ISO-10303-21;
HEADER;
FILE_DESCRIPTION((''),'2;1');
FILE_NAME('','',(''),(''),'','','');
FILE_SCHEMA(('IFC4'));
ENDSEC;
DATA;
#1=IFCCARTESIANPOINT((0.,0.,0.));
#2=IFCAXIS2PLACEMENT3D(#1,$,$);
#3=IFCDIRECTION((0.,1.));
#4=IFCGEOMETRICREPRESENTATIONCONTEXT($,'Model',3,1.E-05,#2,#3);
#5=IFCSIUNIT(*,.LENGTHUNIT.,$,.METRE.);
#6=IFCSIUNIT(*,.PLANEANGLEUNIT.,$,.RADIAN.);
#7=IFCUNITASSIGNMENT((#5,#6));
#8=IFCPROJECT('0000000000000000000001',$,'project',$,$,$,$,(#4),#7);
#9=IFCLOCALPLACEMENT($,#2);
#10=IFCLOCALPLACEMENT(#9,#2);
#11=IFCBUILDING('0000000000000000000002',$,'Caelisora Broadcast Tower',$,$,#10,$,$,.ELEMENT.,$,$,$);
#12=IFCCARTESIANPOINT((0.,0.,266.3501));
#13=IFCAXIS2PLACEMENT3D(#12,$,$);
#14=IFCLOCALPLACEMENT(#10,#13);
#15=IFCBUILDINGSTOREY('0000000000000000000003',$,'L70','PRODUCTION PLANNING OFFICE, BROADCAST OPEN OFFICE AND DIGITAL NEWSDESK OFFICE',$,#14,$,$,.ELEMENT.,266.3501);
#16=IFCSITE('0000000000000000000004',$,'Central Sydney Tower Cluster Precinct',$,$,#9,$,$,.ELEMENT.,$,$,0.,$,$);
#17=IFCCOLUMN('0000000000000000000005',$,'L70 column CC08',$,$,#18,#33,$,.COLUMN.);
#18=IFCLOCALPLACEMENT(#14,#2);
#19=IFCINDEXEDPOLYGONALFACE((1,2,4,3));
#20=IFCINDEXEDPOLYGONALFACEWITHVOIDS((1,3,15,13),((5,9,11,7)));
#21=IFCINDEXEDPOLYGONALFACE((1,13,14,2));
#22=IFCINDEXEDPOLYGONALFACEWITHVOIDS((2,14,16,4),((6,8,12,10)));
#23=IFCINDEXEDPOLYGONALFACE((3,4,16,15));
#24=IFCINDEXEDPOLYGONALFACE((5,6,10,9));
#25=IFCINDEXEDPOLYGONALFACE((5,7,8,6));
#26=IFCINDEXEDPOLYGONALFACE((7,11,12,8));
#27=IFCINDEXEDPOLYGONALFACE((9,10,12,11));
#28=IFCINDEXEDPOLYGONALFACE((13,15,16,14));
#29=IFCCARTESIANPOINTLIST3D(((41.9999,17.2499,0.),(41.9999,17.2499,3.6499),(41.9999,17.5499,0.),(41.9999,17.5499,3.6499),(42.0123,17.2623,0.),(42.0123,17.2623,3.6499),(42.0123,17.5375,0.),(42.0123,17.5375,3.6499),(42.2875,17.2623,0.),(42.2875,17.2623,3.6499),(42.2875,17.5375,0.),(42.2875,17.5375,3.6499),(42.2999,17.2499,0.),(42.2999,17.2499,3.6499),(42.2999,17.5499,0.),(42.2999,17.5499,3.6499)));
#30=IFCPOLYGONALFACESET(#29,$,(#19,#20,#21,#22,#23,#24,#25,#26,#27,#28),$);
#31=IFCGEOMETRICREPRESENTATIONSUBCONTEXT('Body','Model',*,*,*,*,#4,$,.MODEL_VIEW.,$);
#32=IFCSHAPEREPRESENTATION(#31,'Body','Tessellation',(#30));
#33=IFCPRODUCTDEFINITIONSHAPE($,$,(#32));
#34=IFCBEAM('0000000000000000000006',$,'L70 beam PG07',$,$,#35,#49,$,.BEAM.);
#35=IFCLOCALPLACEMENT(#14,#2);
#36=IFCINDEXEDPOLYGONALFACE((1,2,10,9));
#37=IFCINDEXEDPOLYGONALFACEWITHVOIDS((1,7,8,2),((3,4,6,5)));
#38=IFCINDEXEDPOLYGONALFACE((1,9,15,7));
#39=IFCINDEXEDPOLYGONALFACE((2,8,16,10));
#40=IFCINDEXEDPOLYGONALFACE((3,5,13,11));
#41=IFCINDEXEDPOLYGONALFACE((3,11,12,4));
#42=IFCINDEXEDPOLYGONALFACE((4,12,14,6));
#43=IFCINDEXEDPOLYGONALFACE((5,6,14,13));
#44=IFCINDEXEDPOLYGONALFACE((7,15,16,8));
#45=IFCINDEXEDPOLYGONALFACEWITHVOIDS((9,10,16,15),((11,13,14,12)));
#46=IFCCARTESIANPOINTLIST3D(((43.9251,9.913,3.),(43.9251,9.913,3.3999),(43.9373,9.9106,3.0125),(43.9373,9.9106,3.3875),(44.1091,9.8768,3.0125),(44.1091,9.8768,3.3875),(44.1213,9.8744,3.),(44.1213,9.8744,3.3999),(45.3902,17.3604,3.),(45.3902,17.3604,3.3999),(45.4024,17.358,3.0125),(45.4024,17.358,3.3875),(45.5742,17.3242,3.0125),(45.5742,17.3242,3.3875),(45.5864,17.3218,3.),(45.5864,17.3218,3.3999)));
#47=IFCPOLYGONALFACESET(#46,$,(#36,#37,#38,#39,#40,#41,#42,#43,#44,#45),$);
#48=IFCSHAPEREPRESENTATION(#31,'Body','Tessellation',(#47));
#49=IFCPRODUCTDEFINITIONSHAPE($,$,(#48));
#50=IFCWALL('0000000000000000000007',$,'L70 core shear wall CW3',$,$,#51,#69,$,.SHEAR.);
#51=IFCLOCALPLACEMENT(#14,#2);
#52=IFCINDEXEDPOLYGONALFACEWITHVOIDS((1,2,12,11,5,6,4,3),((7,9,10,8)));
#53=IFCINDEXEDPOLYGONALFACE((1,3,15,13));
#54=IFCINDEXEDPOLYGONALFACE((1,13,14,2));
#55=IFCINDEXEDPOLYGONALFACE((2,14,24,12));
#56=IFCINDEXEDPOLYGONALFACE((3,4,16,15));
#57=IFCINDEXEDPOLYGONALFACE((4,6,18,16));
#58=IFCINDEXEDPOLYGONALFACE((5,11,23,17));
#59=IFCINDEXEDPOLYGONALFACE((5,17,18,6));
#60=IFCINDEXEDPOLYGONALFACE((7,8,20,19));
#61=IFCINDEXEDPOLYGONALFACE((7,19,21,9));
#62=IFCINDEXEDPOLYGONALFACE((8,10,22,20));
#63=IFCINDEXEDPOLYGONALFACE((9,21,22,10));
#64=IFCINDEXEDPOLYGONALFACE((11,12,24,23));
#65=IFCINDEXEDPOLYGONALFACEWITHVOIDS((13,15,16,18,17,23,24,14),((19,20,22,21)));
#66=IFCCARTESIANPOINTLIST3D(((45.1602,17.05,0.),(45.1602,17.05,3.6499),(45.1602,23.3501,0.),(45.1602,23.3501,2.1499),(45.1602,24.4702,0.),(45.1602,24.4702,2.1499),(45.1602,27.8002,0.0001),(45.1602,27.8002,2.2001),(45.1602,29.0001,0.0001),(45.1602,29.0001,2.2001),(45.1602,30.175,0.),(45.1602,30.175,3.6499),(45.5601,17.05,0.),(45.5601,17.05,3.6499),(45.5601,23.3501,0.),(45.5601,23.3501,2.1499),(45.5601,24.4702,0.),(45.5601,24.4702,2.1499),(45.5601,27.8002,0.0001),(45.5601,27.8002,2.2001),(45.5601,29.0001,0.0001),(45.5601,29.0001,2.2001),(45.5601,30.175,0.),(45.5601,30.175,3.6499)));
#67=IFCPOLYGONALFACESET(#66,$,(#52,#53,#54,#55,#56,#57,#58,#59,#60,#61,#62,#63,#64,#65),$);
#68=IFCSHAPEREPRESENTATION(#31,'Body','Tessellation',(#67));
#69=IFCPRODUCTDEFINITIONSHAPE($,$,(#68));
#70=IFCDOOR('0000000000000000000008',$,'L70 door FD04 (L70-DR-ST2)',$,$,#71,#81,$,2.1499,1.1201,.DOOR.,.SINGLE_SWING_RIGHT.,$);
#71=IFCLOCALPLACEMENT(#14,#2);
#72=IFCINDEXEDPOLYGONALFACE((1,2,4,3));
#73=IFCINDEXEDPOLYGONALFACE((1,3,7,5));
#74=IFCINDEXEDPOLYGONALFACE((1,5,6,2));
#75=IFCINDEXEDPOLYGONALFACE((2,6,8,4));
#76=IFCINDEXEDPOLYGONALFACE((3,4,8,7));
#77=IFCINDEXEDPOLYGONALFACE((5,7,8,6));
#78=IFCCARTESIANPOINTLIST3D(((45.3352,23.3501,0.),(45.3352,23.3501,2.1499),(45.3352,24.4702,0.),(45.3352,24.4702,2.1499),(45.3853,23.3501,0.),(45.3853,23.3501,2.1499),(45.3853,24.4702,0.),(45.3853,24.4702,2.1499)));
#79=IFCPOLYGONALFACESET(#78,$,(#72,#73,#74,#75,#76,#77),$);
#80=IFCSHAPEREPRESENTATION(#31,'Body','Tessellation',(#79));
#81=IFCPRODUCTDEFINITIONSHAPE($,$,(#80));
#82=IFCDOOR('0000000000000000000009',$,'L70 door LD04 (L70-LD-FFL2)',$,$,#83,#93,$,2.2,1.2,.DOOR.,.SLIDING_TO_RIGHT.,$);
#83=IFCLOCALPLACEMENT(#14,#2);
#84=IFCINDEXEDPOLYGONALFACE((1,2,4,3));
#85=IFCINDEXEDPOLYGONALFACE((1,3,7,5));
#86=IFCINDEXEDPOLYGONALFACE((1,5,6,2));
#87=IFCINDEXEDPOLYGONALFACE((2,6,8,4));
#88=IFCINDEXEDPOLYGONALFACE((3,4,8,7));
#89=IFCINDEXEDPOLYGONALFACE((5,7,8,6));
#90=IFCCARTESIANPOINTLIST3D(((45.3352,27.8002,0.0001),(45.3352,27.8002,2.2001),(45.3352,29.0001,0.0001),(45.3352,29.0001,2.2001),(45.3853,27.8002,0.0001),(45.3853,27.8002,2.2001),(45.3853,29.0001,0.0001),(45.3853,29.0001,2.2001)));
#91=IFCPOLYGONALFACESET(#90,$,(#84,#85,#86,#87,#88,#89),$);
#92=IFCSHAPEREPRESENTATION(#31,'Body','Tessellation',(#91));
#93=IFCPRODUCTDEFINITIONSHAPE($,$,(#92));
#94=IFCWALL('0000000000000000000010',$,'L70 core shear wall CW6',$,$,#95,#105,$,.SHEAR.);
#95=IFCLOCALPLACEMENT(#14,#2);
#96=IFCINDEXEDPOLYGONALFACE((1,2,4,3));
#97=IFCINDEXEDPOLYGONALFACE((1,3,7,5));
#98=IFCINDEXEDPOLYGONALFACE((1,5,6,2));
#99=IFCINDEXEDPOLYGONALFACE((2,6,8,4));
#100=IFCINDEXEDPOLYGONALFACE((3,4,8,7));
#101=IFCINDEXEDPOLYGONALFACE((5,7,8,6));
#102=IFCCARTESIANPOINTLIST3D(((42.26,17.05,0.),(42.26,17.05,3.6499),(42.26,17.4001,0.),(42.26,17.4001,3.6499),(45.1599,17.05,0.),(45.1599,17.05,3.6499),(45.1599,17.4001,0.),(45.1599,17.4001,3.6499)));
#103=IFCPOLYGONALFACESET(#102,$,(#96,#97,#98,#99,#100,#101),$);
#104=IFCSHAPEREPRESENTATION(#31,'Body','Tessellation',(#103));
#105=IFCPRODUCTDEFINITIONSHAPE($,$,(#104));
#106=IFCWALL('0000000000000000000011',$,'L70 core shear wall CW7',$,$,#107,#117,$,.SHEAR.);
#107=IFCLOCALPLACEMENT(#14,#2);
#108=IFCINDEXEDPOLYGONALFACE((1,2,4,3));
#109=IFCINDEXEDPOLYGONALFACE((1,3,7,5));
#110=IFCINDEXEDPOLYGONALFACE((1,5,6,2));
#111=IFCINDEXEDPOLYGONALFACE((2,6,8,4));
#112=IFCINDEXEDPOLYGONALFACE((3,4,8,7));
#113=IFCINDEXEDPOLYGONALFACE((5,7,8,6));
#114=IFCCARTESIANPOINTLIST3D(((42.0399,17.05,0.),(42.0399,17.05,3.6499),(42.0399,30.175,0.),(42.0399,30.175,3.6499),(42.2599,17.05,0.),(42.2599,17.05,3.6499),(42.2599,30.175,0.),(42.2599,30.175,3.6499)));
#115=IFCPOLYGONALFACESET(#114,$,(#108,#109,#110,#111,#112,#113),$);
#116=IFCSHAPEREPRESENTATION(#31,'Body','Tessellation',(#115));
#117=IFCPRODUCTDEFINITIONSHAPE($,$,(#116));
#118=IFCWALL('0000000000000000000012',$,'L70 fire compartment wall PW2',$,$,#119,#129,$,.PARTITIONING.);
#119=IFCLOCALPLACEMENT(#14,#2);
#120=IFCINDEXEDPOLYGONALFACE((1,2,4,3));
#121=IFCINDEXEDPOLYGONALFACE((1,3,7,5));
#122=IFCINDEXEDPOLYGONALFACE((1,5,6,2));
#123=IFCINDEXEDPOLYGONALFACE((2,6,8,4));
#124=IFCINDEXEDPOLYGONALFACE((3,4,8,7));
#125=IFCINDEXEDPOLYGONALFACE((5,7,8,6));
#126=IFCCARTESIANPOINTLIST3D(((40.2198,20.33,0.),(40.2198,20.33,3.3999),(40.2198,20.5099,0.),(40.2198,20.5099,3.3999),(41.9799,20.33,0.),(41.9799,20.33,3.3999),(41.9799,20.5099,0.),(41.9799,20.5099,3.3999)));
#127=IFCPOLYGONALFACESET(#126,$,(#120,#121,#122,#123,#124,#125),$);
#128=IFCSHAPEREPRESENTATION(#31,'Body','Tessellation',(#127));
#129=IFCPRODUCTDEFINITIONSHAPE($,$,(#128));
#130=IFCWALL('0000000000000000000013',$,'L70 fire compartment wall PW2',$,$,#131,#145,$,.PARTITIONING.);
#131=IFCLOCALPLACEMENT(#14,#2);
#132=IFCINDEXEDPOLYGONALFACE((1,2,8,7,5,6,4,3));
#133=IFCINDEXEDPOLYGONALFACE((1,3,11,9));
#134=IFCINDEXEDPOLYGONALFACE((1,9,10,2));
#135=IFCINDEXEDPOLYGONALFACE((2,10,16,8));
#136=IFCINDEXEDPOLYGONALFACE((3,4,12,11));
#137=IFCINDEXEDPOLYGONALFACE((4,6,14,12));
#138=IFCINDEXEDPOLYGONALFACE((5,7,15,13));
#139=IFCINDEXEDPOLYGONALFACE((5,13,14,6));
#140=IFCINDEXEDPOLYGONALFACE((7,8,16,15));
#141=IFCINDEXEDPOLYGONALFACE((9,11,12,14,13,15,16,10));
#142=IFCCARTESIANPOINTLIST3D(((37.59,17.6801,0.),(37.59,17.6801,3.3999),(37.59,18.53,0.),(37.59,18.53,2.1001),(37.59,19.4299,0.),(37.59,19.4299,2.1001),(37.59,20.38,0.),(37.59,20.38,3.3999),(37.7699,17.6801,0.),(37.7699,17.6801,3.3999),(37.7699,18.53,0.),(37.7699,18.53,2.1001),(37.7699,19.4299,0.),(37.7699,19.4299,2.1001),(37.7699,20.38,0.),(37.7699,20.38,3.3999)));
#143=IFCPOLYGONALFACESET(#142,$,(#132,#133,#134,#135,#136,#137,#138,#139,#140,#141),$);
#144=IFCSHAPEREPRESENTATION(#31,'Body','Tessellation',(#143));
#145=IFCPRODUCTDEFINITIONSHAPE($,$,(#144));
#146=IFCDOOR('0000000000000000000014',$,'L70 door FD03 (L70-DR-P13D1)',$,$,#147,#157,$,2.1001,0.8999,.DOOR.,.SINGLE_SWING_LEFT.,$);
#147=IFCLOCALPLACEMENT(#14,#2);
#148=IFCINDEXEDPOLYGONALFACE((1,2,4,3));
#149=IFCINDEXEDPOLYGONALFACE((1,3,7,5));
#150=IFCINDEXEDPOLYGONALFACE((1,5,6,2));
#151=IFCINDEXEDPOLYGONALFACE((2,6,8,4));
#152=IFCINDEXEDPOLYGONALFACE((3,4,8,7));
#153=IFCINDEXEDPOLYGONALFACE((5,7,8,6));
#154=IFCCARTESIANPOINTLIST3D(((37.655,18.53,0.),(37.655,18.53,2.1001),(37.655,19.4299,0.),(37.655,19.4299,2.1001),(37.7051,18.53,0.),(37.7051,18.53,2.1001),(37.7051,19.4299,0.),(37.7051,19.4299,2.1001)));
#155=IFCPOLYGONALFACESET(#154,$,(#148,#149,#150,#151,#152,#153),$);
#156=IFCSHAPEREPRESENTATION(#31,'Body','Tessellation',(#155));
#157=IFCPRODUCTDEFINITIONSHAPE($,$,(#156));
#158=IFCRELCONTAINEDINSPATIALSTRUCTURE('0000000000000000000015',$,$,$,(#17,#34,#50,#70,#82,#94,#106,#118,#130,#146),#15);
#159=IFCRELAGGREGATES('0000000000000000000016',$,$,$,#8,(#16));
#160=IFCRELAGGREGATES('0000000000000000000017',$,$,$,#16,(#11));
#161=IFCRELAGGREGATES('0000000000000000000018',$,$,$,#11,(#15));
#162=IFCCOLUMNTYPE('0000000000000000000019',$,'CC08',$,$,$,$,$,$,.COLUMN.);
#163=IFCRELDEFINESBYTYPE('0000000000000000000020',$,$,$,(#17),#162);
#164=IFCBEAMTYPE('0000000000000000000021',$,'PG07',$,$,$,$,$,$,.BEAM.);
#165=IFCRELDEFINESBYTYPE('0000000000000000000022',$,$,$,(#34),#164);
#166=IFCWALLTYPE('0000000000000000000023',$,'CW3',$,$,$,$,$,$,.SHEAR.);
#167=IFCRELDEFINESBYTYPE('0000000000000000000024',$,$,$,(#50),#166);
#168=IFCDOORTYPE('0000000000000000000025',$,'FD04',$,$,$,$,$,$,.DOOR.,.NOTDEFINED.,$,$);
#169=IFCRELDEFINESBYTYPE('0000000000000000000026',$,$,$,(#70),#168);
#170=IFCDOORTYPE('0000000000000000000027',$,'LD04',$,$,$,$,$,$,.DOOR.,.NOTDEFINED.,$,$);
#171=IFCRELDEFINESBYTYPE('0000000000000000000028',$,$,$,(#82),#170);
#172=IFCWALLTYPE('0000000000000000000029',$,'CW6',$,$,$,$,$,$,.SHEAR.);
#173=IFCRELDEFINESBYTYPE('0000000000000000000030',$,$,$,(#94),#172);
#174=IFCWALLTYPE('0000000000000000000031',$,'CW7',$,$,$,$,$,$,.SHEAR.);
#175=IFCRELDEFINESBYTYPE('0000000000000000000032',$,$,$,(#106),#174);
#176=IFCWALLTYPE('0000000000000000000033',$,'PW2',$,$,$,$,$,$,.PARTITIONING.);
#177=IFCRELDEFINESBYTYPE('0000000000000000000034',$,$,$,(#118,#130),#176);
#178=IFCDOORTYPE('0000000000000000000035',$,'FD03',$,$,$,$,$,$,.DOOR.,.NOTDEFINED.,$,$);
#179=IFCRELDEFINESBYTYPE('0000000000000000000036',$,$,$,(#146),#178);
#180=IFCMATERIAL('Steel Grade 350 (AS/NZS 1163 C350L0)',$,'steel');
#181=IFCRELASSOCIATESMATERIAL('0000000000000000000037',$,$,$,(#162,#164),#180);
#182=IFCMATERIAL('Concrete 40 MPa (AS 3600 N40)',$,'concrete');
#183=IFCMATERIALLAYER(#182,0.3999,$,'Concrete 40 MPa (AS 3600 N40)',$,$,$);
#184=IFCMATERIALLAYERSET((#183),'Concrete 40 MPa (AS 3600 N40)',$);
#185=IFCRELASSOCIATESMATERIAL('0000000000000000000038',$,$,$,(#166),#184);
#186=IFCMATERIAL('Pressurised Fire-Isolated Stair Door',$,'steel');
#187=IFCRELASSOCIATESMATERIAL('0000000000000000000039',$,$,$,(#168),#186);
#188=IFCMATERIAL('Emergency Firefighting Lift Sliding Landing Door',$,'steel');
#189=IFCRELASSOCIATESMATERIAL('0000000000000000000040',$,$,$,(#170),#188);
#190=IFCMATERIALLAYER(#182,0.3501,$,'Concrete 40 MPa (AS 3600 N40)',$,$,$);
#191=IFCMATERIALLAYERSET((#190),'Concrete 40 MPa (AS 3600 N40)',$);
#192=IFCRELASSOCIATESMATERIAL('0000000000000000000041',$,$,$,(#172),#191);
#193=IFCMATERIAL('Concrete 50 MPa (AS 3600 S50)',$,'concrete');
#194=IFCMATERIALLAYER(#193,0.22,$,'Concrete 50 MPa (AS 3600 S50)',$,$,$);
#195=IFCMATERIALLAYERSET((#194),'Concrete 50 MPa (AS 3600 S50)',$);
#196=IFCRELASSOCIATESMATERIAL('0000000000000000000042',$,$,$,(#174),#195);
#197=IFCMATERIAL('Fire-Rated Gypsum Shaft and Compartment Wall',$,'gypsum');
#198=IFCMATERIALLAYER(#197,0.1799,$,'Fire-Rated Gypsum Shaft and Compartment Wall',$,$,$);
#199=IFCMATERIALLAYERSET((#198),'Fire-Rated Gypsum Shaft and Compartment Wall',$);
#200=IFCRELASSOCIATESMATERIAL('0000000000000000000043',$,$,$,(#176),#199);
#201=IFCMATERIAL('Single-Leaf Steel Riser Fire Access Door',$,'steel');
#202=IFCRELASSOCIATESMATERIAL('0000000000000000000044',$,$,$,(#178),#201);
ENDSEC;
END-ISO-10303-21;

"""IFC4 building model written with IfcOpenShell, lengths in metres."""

from ifc_helpers import new_model, si_unit, direction, frame, frame_2d, origin, origin_2d, place, context, subcontext, project, spatial, rectangle, hollow_rectangle, extrude, source, transform, mapped, material, layer, layer_set, material_profile, profile_set, type_object, type_shapes, element, fill, save


model = new_model("IFC4")

# Units and contexts
model_context = context("Model", 3, precision=1e-05, world=origin(), true_north=direction((0.0, 1.0)))
body_context = subcontext(model_context, "Body", "Model", "MODEL_VIEW")
ifc_project = project(units=[si_unit("LENGTHUNIT", "METRE"), si_unit("PLANEANGLEUNIT", "RADIAN")], contexts=[model_context])

# Site, building, storey
site_placement = place(None, origin())
site = spatial("IfcSite", under=ifc_project, at=site_placement, Name="Central Sydney Tower Cluster Precinct", CompositionType="ELEMENT", RefElevation=0.0)
building_placement = place(site_placement, origin())
building = spatial("IfcBuilding", under=site, at=building_placement, Name="Caelisora Broadcast Tower", CompositionType="ELEMENT")
storey_placement = place(building_placement, frame((0.0, 0.0, 266.3501)))
storey = spatial("IfcBuildingStorey", under=building, at=storey_placement, Name="L70", Description="PRODUCTION PLANNING OFFICE, BROADCAST OPEN OFFICE AND DIGITAL NEWSDESK OFFICE", CompositionType="ELEMENT", Elevation=266.3501)

# Column
ifc_material_1 = material(Name="Steel Grade 350 (AS/NZS 1163 C350L0)", Category="steel")
ifc_material_profile_1 = material_profile(ifc_material_1, hollow_rectangle(XDim=0.3, YDim=0.3, WallThickness=0.0125, at=origin_2d()), Name="Steel Grade 350 (AS/NZS 1163 C350L0)")
ifc_profile_set_1 = profile_set([ifc_material_profile_1], Name="Steel Grade 350 (AS/NZS 1163 C350L0)")
column_type = type_object("IfcColumnType", Name="CC08", PredefinedType="COLUMN", material=ifc_profile_set_1)
shared_shape_1 = source(origin(), body_context, "Body", "SweptSolid", [
    extrude(hollow_rectangle(XDim=0.3, YDim=0.3, WallThickness=0.0125, at=origin_2d()), origin(), (0.0, 0.0, 1.0), 3.6499),
])
type_shapes(column_type, [shared_shape_1])
column_placement = place(storey_placement, frame((42.1499, 17.3999, 0.0), z_axis=(0.0, 0.0, 1.0), x_axis=(1.0, 0.0, 0.0)))
element("IfcColumn", 1, at=column_placement, inside=storey, type_object=column_type, Name="L70 column CC08", PredefinedType="COLUMN", context=body_context, shape_type="MappedRepresentation", body=[
    mapped(shared_shape_1, transform((0.0, 0.0, 0.0), scale=1.0)),
])

# Beam
ifc_material_profile_2 = material_profile(ifc_material_1, hollow_rectangle(XDim=0.2, YDim=0.3999, WallThickness=0.0125, at=origin_2d()), Name="Steel Grade 350 (AS/NZS 1163 C350L0)")
ifc_profile_set_2 = profile_set([ifc_material_profile_2], Name="Steel Grade 350 (AS/NZS 1163 C350L0)")
beam_type = type_object("IfcBeamType", Name="PG07", PredefinedType="BEAM", material=ifc_profile_set_2)
shared_shape_2 = source(origin(), body_context, "Body", "SweptSolid", [
    extrude(hollow_rectangle(XDim=0.2, YDim=0.3999, WallThickness=0.0125, at=origin_2d()), origin(), (0.0, 0.0, 1.0), 7.5901),
])
type_shapes(beam_type, [shared_shape_2])
beam_placement = place(storey_placement, frame((45.4883, 17.3411, 3.2), z_axis=(-0.193028, -0.981193, 0.0), x_axis=(0.981193, -0.193028, 0.0)))
element("IfcBeam", 2, at=beam_placement, inside=storey, type_object=beam_type, Name="L70 beam PG07", PredefinedType="BEAM", context=body_context, shape_type="MappedRepresentation", body=[
    mapped(shared_shape_2, transform((0.0, 0.0, 0.0), scale=1.0)),
])

# Wall, openings, doors
ifc_material_2 = material(Name="Concrete 40 MPa (AS 3600 N40)", Category="concrete")
ifc_layer_1 = layer(ifc_material_2, 0.3999, Name="Concrete 40 MPa (AS 3600 N40)")
ifc_layer_set_1 = layer_set([ifc_layer_1], Name="Concrete 40 MPa (AS 3600 N40)")
wall_type_1 = type_object("IfcWallType", Name="CW3", PredefinedType="SHEAR", material=ifc_layer_set_1)
wall_1_placement = place(storey_placement, frame((45.3601, 17.05, 0.0), z_axis=(0.0, 0.0, 1.0), x_axis=(0.0, 1.0, 0.0)))
wall_1 = element("IfcWall", 3, at=wall_1_placement, inside=storey, type_object=wall_type_1, Name="L70 core shear wall CW3", PredefinedType="SHEAR", context=body_context, shape_type="SweptSolid", body=[
    extrude(rectangle(XDim=13.125, YDim=0.3999, at=frame_2d((6.5625, 0.0))), origin(), (0.0, 0.0, 1.0), 3.6499),
])
opening_1_placement = place(wall_1_placement, frame((6.3, 0.0, 0.0)))
opening_1 = element("IfcOpeningElement", 4, at=opening_1_placement, cuts=wall_1, PredefinedType="OPENING", context=body_context, shape_type="SweptSolid", body=[
    extrude(rectangle(XDim=1.1201, YDim=2.1499, at=frame_2d((0.5601, 1.075))), frame((0.0, 0.2119, 0.0), z_axis=(0.0, -1.0, 0.0), x_axis=(1.0, 0.0, 0.0)), (0.0, 0.0, 1.0), 0.4238),
])
opening_2_placement = place(wall_1_placement, frame((10.75, 0.0, 0.0)))
opening_2 = element("IfcOpeningElement", 5, at=opening_2_placement, cuts=wall_1, PredefinedType="OPENING", context=body_context, shape_type="SweptSolid", body=[
    extrude(rectangle(XDim=1.2, YDim=2.2, at=frame_2d((0.6001, 1.1001))), frame((0.0, 0.2119, 0.0), z_axis=(0.0, -1.0, 0.0), x_axis=(1.0, 0.0, 0.0)), (0.0, 0.0, 1.0), 0.4238),
])
ifc_material_3 = material(Name="Pressurised Fire-Isolated Stair Door", Category="steel")
door_type_1 = type_object("IfcDoorType", Name="FD04", OperationType="NOTDEFINED", PredefinedType="DOOR", material=ifc_material_3)
door_1_placement = place(opening_1_placement, origin())
door_1 = element("IfcDoor", 6, at=door_1_placement, inside=storey, type_object=door_type_1, Name="L70 door FD04 (L70-DR-ST2)", OperationType="SINGLE_SWING_RIGHT", OverallHeight=2.1499, OverallWidth=1.1201, PredefinedType="DOOR", context=body_context, shape_type="SweptSolid", body=[
    extrude(rectangle(XDim=1.1201, YDim=2.1499, at=frame_2d((0.5601, 1.075))), frame((0.0, 0.0249, 0.0), z_axis=(0.0, -1.0, 0.0), x_axis=(1.0, 0.0, 0.0)), (0.0, 0.0, 1.0), 0.05),
])
fill(opening_1, door_1)
ifc_material_4 = material(Name="Emergency Firefighting Lift Sliding Landing Door", Category="steel")
door_type_2 = type_object("IfcDoorType", Name="LD04", OperationType="NOTDEFINED", PredefinedType="DOOR", material=ifc_material_4)
door_2_placement = place(opening_2_placement, origin())
door_2 = element("IfcDoor", 7, at=door_2_placement, inside=storey, type_object=door_type_2, Name="L70 door LD04 (L70-LD-FFL2)", OperationType="SLIDING_TO_RIGHT", OverallHeight=2.2, OverallWidth=1.2, PredefinedType="DOOR", context=body_context, shape_type="SweptSolid", body=[
    extrude(rectangle(XDim=1.2, YDim=2.2, at=frame_2d((0.6001, 1.1001))), frame((0.0, 0.0249, 0.0), z_axis=(0.0, -1.0, 0.0), x_axis=(1.0, 0.0, 0.0)), (0.0, 0.0, 1.0), 0.05),
])
fill(opening_2, door_2)

# Walls
ifc_layer_2 = layer(ifc_material_2, 0.3501, Name="Concrete 40 MPa (AS 3600 N40)")
ifc_layer_set_2 = layer_set([ifc_layer_2], Name="Concrete 40 MPa (AS 3600 N40)")
wall_type_2 = type_object("IfcWallType", Name="CW6", PredefinedType="SHEAR", material=ifc_layer_set_2)
wall_2_placement = place(storey_placement, frame((42.26, 17.2251, 0.0), z_axis=(0.0, 0.0, 1.0), x_axis=(1.0, 0.0, 0.0)))
element("IfcWall", 8, at=wall_2_placement, inside=storey, type_object=wall_type_2, Name="L70 core shear wall CW6", PredefinedType="SHEAR", context=body_context, shape_type="SweptSolid", body=[
    extrude(rectangle(XDim=2.8999, YDim=0.3501, at=frame_2d((1.45, 0.0))), origin(), (0.0, 0.0, 1.0), 3.6499),
])
ifc_material_5 = material(Name="Concrete 50 MPa (AS 3600 S50)", Category="concrete")
ifc_layer_3 = layer(ifc_material_5, 0.22, Name="Concrete 50 MPa (AS 3600 S50)")
ifc_layer_set_3 = layer_set([ifc_layer_3], Name="Concrete 50 MPa (AS 3600 S50)")
wall_type_3 = type_object("IfcWallType", Name="CW7", PredefinedType="SHEAR", material=ifc_layer_set_3)
wall_3_placement = place(storey_placement, frame((42.1499, 17.05, 0.0), z_axis=(0.0, 0.0, 1.0), x_axis=(0.0, 1.0, 0.0)))
element("IfcWall", 9, at=wall_3_placement, inside=storey, type_object=wall_type_3, Name="L70 core shear wall CW7", PredefinedType="SHEAR", context=body_context, shape_type="SweptSolid", body=[
    extrude(rectangle(XDim=13.125, YDim=0.22, at=frame_2d((6.5625, 0.0))), origin(), (0.0, 0.0, 1.0), 3.6499),
])
ifc_material_6 = material(Name="Fire-Rated Gypsum Shaft and Compartment Wall", Category="gypsum")
ifc_layer_4 = layer(ifc_material_6, 0.1799, Name="Fire-Rated Gypsum Shaft and Compartment Wall")
ifc_layer_set_4 = layer_set([ifc_layer_4], Name="Fire-Rated Gypsum Shaft and Compartment Wall")
wall_type_4 = type_object("IfcWallType", Name="PW2", PredefinedType="PARTITIONING", material=ifc_layer_set_4)
wall_4_placement = place(storey_placement, frame((40.22, 20.4199, 0.0), z_axis=(0.0, 0.0, 1.0), x_axis=(1.0, 0.0, 0.0)))
element("IfcWall", 10, at=wall_4_placement, inside=storey, type_object=wall_type_4, Name="L70 fire compartment wall PW2", PredefinedType="PARTITIONING", context=body_context, shape_type="SweptSolid", body=[
    extrude(rectangle(XDim=1.76, YDim=0.1799, at=frame_2d((0.8799, 0.0))), origin(), (0.0, 0.0, 1.0), 3.3999),
])

# Wall, opening, door
wall_5_placement = place(storey_placement, frame((37.6799, 17.6799, 0.0), z_axis=(0.0, 0.0, 1.0), x_axis=(0.0, 1.0, 0.0)))
wall_5 = element("IfcWall", 11, at=wall_5_placement, inside=storey, type_object=wall_type_4, Name="L70 fire compartment wall PW2", PredefinedType="PARTITIONING", context=body_context, shape_type="SweptSolid", body=[
    extrude(rectangle(XDim=2.7, YDim=0.1799, at=frame_2d((1.3501, 0.0))), origin(), (0.0, 0.0, 1.0), 3.3999),
])
opening_3_placement = place(wall_5_placement, frame((0.8501, 0.0, 0.0)))
opening_3 = element("IfcOpeningElement", 12, at=opening_3_placement, cuts=wall_5, PredefinedType="OPENING", context=body_context, shape_type="SweptSolid", body=[
    extrude(rectangle(XDim=0.8999, YDim=2.1001, at=frame_2d((0.45, 1.05))), frame((0.0, 0.1021, 0.0), z_axis=(0.0, -1.0, 0.0), x_axis=(1.0, 0.0, 0.0)), (0.0, 0.0, 1.0), 0.2039),
])
ifc_material_7 = material(Name="Single-Leaf Steel Riser Fire Access Door", Category="steel")
door_type_3 = type_object("IfcDoorType", Name="FD03", OperationType="NOTDEFINED", PredefinedType="DOOR", material=ifc_material_7)
door_3_placement = place(opening_3_placement, origin())
door_3 = element("IfcDoor", 13, at=door_3_placement, inside=storey, type_object=door_type_3, Name="L70 door FD03 (L70-DR-P13D1)", OperationType="SINGLE_SWING_LEFT", OverallHeight=2.1001, OverallWidth=0.8999, PredefinedType="DOOR", context=body_context, shape_type="SweptSolid", body=[
    extrude(rectangle(XDim=0.8999, YDim=2.1001, at=frame_2d((0.45, 1.05))), frame((0.0, 0.0249, 0.0), z_axis=(0.0, -1.0, 0.0), x_axis=(1.0, 0.0, 0.0)), (0.0, 0.0, 1.0), 0.05),
])
fill(opening_3, door_3)

save(model, "model.ifc")
